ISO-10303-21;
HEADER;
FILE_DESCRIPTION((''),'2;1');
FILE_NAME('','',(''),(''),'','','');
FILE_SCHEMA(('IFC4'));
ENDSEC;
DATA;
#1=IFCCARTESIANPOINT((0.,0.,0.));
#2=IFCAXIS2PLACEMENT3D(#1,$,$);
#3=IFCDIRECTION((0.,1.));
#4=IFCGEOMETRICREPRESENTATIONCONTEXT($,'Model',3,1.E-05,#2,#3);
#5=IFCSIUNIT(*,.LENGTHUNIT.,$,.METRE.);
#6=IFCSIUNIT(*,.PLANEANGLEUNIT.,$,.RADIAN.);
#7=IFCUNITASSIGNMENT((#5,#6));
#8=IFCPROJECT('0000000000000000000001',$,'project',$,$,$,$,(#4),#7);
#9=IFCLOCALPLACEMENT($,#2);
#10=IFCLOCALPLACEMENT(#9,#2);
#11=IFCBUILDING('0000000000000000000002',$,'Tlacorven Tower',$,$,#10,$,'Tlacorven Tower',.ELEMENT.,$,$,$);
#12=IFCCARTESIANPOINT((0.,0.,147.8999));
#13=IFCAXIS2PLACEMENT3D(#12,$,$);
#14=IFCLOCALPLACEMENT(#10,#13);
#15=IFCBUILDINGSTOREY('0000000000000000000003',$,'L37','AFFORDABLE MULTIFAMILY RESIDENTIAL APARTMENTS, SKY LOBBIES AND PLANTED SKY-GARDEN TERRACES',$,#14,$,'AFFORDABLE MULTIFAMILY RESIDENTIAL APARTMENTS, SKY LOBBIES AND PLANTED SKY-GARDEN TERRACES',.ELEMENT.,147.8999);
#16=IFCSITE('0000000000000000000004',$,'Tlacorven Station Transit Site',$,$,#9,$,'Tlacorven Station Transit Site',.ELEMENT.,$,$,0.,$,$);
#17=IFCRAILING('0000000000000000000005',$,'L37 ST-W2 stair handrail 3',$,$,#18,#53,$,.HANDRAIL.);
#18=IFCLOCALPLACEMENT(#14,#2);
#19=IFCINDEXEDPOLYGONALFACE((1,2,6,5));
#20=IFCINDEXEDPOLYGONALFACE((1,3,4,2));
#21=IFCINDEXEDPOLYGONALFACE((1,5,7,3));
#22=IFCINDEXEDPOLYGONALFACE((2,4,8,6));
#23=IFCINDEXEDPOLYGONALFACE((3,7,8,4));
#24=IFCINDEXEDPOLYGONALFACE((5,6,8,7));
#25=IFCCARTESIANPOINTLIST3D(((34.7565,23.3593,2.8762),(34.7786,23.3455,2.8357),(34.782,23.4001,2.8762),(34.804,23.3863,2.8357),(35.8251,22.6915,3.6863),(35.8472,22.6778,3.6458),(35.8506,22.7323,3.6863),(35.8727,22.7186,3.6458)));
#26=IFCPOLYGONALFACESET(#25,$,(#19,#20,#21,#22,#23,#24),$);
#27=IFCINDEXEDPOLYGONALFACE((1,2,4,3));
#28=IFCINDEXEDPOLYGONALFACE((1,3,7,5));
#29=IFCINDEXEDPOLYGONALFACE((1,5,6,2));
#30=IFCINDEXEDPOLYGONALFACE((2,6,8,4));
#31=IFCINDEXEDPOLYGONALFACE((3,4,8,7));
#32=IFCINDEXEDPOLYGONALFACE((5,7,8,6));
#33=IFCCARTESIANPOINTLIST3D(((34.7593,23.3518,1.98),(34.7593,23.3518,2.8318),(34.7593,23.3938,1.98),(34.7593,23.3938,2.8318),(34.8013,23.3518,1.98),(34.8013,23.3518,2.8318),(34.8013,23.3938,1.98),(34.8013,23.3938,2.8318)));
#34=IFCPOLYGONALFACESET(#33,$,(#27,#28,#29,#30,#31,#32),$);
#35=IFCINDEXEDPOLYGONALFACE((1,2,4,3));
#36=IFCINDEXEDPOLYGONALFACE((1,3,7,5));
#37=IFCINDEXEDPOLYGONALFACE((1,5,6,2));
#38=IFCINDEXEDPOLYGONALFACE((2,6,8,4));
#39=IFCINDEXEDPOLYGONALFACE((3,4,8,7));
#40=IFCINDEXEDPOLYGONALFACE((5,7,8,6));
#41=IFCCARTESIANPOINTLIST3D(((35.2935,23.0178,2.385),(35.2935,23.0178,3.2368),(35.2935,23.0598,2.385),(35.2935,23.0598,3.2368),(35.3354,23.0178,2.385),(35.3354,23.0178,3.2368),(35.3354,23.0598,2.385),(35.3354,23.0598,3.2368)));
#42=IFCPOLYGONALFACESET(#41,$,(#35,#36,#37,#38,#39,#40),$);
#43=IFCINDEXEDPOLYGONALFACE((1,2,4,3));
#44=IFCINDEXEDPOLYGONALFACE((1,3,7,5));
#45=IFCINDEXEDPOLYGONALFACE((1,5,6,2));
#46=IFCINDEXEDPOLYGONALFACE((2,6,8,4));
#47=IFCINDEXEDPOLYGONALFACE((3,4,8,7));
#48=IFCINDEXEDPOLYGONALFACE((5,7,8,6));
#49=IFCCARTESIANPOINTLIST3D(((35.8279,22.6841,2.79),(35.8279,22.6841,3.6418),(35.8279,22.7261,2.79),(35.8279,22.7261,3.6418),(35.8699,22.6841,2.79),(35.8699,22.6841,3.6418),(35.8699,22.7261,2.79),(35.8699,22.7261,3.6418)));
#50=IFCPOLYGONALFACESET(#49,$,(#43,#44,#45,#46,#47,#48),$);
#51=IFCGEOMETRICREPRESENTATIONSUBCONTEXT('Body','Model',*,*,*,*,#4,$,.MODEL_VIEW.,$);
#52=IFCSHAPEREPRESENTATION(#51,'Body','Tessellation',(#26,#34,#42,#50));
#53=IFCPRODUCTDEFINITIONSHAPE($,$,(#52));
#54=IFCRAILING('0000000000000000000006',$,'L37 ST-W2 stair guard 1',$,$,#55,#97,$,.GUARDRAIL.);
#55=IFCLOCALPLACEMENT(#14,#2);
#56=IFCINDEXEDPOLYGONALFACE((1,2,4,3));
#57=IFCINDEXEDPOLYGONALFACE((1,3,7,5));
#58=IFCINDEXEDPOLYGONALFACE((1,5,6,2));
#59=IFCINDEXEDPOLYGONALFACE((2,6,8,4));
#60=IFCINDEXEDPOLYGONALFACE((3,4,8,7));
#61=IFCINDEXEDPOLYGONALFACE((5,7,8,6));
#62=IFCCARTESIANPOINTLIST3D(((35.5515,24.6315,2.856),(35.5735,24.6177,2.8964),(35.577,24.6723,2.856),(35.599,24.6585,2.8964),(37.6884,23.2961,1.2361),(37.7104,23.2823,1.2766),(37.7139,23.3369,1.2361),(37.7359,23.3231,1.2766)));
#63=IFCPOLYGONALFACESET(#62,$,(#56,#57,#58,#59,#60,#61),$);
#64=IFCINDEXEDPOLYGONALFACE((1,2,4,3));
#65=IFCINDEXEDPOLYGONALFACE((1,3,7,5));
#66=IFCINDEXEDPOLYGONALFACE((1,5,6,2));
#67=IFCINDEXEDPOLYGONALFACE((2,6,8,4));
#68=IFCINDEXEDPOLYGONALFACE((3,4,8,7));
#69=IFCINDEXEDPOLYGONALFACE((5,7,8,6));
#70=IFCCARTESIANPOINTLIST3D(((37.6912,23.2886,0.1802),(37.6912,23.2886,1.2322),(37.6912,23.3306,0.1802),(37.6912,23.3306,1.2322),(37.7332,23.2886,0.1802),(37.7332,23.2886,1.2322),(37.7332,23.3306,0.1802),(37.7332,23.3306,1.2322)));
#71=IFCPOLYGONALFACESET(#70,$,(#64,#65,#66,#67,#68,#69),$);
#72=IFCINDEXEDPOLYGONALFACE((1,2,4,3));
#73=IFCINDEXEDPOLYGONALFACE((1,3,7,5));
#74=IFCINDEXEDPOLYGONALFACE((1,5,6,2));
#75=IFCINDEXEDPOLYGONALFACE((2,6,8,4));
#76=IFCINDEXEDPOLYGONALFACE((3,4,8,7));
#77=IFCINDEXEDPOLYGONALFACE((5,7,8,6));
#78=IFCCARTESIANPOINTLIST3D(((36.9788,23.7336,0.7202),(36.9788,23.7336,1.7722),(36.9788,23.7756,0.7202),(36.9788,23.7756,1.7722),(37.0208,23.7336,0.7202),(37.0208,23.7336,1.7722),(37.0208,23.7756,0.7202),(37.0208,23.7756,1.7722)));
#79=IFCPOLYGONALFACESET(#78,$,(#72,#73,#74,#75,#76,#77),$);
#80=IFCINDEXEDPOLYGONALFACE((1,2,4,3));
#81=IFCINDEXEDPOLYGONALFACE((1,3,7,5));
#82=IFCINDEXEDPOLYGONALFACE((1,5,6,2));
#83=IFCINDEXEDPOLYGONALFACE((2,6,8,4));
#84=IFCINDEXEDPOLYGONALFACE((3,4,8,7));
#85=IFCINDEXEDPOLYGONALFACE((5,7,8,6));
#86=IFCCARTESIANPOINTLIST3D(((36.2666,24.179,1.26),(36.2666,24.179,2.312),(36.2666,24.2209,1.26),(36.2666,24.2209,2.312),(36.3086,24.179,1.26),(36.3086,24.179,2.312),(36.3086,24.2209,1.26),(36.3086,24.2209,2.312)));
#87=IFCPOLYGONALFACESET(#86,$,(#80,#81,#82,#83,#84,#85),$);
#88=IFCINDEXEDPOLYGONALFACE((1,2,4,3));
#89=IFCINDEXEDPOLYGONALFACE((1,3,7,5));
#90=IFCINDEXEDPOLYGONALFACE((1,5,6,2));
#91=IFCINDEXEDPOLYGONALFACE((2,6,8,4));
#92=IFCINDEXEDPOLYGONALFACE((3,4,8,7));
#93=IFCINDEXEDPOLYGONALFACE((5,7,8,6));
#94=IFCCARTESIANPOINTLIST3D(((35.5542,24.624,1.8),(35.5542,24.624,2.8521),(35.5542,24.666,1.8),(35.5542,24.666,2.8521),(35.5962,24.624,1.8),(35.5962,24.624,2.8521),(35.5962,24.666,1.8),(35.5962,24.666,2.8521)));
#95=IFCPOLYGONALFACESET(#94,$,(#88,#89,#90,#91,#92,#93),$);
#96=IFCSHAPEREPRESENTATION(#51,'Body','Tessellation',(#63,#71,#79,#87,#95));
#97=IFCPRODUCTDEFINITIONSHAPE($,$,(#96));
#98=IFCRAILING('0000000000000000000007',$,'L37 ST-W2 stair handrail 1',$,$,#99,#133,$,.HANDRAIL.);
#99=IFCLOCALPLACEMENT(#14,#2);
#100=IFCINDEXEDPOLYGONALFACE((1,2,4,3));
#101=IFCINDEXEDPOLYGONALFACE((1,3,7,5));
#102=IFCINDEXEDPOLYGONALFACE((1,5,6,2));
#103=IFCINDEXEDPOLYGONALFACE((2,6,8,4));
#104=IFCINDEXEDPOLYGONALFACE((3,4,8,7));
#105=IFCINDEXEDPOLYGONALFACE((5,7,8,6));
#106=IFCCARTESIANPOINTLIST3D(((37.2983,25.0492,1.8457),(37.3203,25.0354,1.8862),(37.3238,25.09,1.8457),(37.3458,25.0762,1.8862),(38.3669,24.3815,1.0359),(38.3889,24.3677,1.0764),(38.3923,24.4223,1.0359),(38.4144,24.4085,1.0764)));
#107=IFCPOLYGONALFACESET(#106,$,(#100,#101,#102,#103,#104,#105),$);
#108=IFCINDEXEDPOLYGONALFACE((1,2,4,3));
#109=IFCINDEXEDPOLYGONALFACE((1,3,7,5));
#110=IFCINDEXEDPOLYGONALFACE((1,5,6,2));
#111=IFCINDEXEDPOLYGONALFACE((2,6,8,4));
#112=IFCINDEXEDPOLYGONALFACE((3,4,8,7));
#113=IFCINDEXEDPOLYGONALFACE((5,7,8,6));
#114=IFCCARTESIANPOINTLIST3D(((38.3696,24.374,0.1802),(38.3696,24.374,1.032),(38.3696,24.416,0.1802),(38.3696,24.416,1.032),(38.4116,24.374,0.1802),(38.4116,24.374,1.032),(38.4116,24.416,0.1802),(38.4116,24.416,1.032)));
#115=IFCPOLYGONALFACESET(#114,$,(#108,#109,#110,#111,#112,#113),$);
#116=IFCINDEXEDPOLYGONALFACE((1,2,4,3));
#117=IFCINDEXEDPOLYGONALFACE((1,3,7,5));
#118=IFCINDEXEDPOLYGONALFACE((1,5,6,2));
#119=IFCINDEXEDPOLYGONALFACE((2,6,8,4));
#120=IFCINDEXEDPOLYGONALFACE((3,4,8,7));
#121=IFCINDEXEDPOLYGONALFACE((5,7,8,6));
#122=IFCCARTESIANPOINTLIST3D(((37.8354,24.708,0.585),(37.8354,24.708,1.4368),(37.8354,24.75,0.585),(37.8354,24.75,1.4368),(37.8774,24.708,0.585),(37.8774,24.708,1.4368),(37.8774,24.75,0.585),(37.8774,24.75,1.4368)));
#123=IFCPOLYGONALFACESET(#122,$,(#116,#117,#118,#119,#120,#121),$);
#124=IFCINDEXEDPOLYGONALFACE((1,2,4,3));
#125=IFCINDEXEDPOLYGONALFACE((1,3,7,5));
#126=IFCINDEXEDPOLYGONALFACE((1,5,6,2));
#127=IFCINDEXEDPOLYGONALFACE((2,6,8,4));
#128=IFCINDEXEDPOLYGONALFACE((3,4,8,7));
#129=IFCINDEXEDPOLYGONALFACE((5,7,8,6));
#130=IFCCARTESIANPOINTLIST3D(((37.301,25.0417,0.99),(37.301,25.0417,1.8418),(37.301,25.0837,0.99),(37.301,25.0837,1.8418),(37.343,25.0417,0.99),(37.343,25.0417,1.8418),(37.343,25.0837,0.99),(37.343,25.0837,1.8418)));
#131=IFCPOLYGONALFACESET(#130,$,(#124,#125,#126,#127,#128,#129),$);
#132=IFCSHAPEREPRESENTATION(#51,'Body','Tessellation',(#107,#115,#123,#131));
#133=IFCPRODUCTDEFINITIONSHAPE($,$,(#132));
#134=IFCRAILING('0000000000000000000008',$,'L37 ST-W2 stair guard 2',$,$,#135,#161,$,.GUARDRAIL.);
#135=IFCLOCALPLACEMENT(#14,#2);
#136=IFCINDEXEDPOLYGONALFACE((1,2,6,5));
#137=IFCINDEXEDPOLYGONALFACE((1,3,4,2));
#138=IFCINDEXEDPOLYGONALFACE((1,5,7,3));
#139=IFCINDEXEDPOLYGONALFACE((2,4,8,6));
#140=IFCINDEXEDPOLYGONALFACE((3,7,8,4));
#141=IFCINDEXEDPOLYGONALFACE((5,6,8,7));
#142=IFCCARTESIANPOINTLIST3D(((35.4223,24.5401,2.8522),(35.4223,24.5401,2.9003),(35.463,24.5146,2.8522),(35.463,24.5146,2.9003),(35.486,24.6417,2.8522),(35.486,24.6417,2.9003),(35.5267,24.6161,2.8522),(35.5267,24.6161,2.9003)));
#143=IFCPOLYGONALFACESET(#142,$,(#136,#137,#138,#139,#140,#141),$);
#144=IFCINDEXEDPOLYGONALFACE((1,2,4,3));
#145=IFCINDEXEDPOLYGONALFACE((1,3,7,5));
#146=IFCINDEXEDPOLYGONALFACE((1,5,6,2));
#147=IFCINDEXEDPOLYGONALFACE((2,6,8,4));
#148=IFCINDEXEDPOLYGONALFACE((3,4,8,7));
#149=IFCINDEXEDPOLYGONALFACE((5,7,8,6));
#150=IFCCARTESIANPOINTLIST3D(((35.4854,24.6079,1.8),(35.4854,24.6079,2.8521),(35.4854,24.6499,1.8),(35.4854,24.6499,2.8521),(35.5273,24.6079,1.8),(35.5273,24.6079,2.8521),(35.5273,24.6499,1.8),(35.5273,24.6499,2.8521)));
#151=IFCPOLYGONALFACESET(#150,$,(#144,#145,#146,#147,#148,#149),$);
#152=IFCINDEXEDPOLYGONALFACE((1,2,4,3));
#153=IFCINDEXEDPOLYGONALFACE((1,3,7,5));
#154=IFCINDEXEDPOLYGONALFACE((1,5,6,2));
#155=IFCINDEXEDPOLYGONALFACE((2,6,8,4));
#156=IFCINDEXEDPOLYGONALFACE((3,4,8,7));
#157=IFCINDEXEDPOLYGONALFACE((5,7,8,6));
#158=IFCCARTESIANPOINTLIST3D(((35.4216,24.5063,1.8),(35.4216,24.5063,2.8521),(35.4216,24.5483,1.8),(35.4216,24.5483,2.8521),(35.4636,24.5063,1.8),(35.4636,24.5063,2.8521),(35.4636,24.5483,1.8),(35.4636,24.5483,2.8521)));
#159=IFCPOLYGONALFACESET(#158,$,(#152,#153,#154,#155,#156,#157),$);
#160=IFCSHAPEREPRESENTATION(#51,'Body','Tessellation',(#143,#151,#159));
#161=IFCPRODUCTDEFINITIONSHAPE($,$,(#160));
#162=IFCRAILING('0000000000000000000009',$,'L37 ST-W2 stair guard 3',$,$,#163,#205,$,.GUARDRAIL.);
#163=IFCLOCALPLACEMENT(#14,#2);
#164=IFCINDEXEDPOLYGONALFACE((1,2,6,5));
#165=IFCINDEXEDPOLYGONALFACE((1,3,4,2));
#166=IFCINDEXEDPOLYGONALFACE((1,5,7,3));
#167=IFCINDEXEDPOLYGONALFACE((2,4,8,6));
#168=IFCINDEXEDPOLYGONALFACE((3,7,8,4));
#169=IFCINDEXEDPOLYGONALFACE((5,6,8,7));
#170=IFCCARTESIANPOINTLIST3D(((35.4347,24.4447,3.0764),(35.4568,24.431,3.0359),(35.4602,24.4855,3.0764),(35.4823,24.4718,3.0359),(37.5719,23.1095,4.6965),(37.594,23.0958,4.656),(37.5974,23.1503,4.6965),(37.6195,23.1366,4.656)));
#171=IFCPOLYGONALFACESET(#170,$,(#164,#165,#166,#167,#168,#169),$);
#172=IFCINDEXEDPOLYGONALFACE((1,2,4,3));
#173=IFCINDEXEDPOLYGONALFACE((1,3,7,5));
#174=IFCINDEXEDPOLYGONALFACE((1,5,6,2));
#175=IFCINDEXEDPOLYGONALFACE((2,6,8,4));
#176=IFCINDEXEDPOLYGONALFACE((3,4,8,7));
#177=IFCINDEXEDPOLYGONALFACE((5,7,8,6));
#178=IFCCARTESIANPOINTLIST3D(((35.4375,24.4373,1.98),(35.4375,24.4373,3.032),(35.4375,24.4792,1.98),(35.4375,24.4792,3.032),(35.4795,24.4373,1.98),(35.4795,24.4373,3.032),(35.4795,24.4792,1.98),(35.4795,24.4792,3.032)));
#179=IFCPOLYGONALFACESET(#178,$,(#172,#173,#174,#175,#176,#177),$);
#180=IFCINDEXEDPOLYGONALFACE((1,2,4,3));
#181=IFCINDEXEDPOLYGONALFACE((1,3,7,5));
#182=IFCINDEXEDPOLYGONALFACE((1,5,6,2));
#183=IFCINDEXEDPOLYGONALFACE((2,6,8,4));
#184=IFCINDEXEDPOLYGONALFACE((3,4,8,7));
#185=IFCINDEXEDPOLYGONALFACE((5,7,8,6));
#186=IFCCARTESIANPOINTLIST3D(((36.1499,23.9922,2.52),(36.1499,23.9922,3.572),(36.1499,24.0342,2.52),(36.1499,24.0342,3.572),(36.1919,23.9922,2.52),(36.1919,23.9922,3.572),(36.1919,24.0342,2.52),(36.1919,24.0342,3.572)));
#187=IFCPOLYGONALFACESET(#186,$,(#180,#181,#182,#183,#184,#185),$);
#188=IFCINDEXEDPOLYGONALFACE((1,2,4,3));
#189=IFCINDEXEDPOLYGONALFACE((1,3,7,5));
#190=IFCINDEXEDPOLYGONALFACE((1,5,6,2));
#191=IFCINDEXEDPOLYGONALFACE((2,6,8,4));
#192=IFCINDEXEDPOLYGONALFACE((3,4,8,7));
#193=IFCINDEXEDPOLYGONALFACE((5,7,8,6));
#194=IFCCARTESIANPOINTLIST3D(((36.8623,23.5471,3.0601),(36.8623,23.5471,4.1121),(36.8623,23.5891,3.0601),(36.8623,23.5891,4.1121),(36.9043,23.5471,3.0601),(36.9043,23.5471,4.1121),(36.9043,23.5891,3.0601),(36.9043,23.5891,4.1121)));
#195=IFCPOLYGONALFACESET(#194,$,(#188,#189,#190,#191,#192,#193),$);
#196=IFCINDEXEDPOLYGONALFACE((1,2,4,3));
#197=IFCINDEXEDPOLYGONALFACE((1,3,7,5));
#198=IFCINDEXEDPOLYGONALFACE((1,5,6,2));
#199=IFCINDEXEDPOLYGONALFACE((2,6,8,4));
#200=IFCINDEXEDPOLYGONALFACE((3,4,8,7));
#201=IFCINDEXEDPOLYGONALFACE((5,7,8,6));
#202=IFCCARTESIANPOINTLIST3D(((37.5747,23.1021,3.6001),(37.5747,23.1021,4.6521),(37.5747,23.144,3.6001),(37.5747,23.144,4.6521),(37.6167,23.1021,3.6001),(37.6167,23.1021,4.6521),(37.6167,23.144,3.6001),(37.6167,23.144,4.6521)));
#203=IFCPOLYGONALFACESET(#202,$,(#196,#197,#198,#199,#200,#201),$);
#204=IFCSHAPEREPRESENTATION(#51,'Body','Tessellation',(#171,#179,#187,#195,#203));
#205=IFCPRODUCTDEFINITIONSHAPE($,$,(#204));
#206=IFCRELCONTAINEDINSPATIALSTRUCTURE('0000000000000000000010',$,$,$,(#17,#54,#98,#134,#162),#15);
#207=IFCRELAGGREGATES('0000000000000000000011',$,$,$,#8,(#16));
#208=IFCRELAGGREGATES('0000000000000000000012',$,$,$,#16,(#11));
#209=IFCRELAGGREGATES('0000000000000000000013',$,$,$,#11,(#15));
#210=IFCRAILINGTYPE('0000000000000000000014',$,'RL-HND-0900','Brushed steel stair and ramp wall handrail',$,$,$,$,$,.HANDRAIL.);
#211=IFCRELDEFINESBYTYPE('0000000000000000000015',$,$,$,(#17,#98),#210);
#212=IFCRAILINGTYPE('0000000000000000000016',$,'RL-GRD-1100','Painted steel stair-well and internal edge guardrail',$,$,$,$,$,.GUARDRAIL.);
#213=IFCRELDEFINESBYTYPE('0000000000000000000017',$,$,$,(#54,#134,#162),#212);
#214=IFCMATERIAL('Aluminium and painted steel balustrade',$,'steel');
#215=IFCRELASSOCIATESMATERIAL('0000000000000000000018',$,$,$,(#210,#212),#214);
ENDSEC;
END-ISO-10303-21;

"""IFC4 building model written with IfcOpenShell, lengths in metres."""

from ifc_helpers import new_model, si_unit, direction, frame, origin, origin_2d, place, context, subcontext, project, spatial, rectangle, extrude, source, transform, mapped, material, type_object, element, save


model = new_model("IFC4")

# Units and contexts
model_context = context("Model", 3, precision=1e-05, world=origin(), true_north=direction((0.0, 1.0)))
body_context = subcontext(model_context, "Body", "Model", "MODEL_VIEW")
ifc_project = project(units=[si_unit("LENGTHUNIT", "METRE"), si_unit("PLANEANGLEUNIT", "RADIAN")], contexts=[model_context])

# Site, building, storey
site_placement = place(None, origin())
site = spatial("IfcSite", under=ifc_project, at=site_placement, Name="Tlacorven Station Transit Site", LongName="Tlacorven Station Transit Site", CompositionType="ELEMENT", RefElevation=0.0)
building_placement = place(site_placement, origin())
building = spatial("IfcBuilding", under=site, at=building_placement, Name="Tlacorven Tower", LongName="Tlacorven Tower", CompositionType="ELEMENT")
storey_placement = place(building_placement, frame((0.0, 0.0, 147.8999)))
storey = spatial("IfcBuildingStorey", under=building, at=storey_placement, Name="L37", Description="AFFORDABLE MULTIFAMILY RESIDENTIAL APARTMENTS, SKY LOBBIES AND PLANTED SKY-GARDEN TERRACES", LongName="AFFORDABLE MULTIFAMILY RESIDENTIAL APARTMENTS, SKY LOBBIES AND PLANTED SKY-GARDEN TERRACES", CompositionType="ELEMENT", Elevation=147.8999)

# Railings
ifc_material_1 = material(Name="Aluminium and painted steel balustrade", Category="steel")
railing_type_1 = type_object("IfcRailingType", Name="RL-HND-0900", Description="Brushed steel stair and ramp wall handrail", PredefinedType="HANDRAIL", material=ifc_material_1)
shared_shape_1 = source(origin(), body_context, "Body", "SweptSolid", [
    extrude(rectangle(XDim=0.0481, YDim=0.0481, at=origin_2d()), frame((0.0, 0.0, 0.876), z_axis=(0.71336, -0.445748, 0.540765), x_axis=(0.529912, 0.848053, 0.0)), (0.0, 0.0, 1.0), 1.498),
    extrude(rectangle(XDim=0.042, YDim=0.042, at=origin_2d()), origin(), (0.0, 0.0, 1.0), 0.8518),
    extrude(rectangle(XDim=0.042, YDim=0.042, at=origin_2d()), frame((0.5342, -0.334, 0.405)), (0.0, 0.0, 1.0), 0.8518),
    extrude(rectangle(XDim=0.042, YDim=0.042, at=origin_2d()), frame((1.0686, -0.6677, 0.8101)), (0.0, 0.0, 1.0), 0.8518),
])
railing_1_placement = place(storey_placement, frame((34.7803, 23.3728, 1.98)))
element("IfcRailing", 1, at=railing_1_placement, inside=storey, type_object=railing_type_1, Name="L37 ST-W2 stair handrail 3", PredefinedType="HANDRAIL", context=body_context, shape_type="MappedRepresentation", body=[
    mapped(shared_shape_1, transform((0.0, 0.0, 0.0), scale=1.0)),
])
railing_type_2 = type_object("IfcRailingType", Name="RL-GRD-1100", Description="Painted steel stair-well and internal edge guardrail", PredefinedType="GUARDRAIL", material=ifc_material_1)
shared_shape_2 = source(origin(), body_context, "Body", "SweptSolid", [
    extrude(rectangle(XDim=0.0481, YDim=0.0481, at=origin_2d()), frame((0.0, 0.0, 1.0762), z_axis=(-0.713351, 0.445794, 0.540739), x_axis=(-0.529955, -0.848026, 0.0)), (0.0, 0.0, 1.0), 2.9956),
    extrude(rectangle(XDim=0.042, YDim=0.042, at=origin_2d()), origin(), (0.0, 0.0, 1.0), 1.052),
    extrude(rectangle(XDim=0.042, YDim=0.042, at=origin_2d()), frame((-0.7124, 0.4451, 0.54)), (0.0, 0.0, 1.0), 1.052),
    extrude(rectangle(XDim=0.042, YDim=0.042, at=origin_2d()), frame((-1.4246, 0.8904, 1.0798)), (0.0, 0.0, 1.0), 1.052),
    extrude(rectangle(XDim=0.042, YDim=0.042, at=origin_2d()), frame((-2.137, 1.3354, 1.6199)), (0.0, 0.0, 1.0), 1.052),
])
railing_2_placement = place(storey_placement, frame((37.7122, 23.3096, 0.1802)))
element("IfcRailing", 2, at=railing_2_placement, inside=storey, type_object=railing_type_2, Name="L37 ST-W2 stair guard 1", PredefinedType="GUARDRAIL", context=body_context, shape_type="MappedRepresentation", body=[
    mapped(shared_shape_2, transform((0.0, 0.0, 0.0), scale=1.0)),
])
shared_shape_3 = source(origin(), body_context, "Body", "SweptSolid", [
    extrude(rectangle(XDim=0.0481, YDim=0.0481, at=origin_2d()), frame((0.0, 0.0, 0.876), z_axis=(-0.713423, 0.445787, 0.540649), x_axis=(-0.529912, -0.848053, 0.0)), (0.0, 0.0, 1.0), 1.4978),
    extrude(rectangle(XDim=0.042, YDim=0.042, at=origin_2d()), origin(), (0.0, 0.0, 1.0), 0.8518),
    extrude(rectangle(XDim=0.042, YDim=0.042, at=origin_2d()), frame((-0.5342, 0.334, 0.4048)), (0.0, 0.0, 1.0), 0.8518),
    extrude(rectangle(XDim=0.042, YDim=0.042, at=origin_2d()), frame((-1.0686, 0.6677, 0.8098)), (0.0, 0.0, 1.0), 0.8518),
])
railing_3_placement = place(storey_placement, frame((38.3906, 24.395, 0.1802)))
element("IfcRailing", 3, at=railing_3_placement, inside=storey, type_object=railing_type_1, Name="L37 ST-W2 stair handrail 1", PredefinedType="HANDRAIL", context=body_context, shape_type="MappedRepresentation", body=[
    mapped(shared_shape_3, transform((0.0, 0.0, 0.0), scale=1.0)),
])
shared_shape_4 = source(origin(), body_context, "Body", "SweptSolid", [
    extrude(rectangle(XDim=0.0481, YDim=0.0481, at=origin_2d()), frame((0.0, 0.0, 1.0762), z_axis=(-0.531462, -0.847082, 0.0), x_axis=(0.847082, -0.531462, 0.0)), (0.0, 0.0, 1.0), 0.1199),
    extrude(rectangle(XDim=0.042, YDim=0.042, at=origin_2d()), origin(), (0.0, 0.0, 1.0), 1.052),
    extrude(rectangle(XDim=0.042, YDim=0.042, at=origin_2d()), frame((-0.0637, -0.1016, 0.0)), (0.0, 0.0, 1.0), 1.052),
])
railing_4_placement = place(storey_placement, frame((35.5063, 24.6289, 1.8)))
element("IfcRailing", 4, at=railing_4_placement, inside=storey, type_object=railing_type_2, Name="L37 ST-W2 stair guard 2", PredefinedType="GUARDRAIL", context=body_context, shape_type="MappedRepresentation", body=[
    mapped(shared_shape_4, transform((0.0, 0.0, 0.0), scale=1.0)),
])
shared_shape_5 = source(origin(), body_context, "Body", "SweptSolid", [
    extrude(rectangle(XDim=0.0481, YDim=0.0481, at=origin_2d()), frame((0.0, 0.0, 1.0762), z_axis=(0.713386, -0.445683, 0.540784), x_axis=(0.529842, 0.848096, 0.0)), (0.0, 0.0, 1.0), 2.9958),
    extrude(rectangle(XDim=0.042, YDim=0.042, at=origin_2d()), origin(), (0.0, 0.0, 1.0), 1.052),
    extrude(rectangle(XDim=0.042, YDim=0.042, at=origin_2d()), frame((0.7124, -0.4451, 0.54)), (0.0, 0.0, 1.0), 1.052),
    extrude(rectangle(XDim=0.042, YDim=0.042, at=origin_2d()), frame((1.4248, -0.8901, 1.0801)), (0.0, 0.0, 1.0), 1.052),
    extrude(rectangle(XDim=0.042, YDim=0.042, at=origin_2d()), frame((2.1372, -1.3352, 1.6201)), (0.0, 0.0, 1.0), 1.052),
])
railing_5_placement = place(storey_placement, frame((35.4585, 24.4583, 1.98)))
element("IfcRailing", 5, at=railing_5_placement, inside=storey, type_object=railing_type_2, Name="L37 ST-W2 stair guard 3", PredefinedType="GUARDRAIL", context=body_context, shape_type="MappedRepresentation", body=[
    mapped(shared_shape_5, transform((0.0, 0.0, 0.0), scale=1.0)),
])

save(model, "model.ifc")
